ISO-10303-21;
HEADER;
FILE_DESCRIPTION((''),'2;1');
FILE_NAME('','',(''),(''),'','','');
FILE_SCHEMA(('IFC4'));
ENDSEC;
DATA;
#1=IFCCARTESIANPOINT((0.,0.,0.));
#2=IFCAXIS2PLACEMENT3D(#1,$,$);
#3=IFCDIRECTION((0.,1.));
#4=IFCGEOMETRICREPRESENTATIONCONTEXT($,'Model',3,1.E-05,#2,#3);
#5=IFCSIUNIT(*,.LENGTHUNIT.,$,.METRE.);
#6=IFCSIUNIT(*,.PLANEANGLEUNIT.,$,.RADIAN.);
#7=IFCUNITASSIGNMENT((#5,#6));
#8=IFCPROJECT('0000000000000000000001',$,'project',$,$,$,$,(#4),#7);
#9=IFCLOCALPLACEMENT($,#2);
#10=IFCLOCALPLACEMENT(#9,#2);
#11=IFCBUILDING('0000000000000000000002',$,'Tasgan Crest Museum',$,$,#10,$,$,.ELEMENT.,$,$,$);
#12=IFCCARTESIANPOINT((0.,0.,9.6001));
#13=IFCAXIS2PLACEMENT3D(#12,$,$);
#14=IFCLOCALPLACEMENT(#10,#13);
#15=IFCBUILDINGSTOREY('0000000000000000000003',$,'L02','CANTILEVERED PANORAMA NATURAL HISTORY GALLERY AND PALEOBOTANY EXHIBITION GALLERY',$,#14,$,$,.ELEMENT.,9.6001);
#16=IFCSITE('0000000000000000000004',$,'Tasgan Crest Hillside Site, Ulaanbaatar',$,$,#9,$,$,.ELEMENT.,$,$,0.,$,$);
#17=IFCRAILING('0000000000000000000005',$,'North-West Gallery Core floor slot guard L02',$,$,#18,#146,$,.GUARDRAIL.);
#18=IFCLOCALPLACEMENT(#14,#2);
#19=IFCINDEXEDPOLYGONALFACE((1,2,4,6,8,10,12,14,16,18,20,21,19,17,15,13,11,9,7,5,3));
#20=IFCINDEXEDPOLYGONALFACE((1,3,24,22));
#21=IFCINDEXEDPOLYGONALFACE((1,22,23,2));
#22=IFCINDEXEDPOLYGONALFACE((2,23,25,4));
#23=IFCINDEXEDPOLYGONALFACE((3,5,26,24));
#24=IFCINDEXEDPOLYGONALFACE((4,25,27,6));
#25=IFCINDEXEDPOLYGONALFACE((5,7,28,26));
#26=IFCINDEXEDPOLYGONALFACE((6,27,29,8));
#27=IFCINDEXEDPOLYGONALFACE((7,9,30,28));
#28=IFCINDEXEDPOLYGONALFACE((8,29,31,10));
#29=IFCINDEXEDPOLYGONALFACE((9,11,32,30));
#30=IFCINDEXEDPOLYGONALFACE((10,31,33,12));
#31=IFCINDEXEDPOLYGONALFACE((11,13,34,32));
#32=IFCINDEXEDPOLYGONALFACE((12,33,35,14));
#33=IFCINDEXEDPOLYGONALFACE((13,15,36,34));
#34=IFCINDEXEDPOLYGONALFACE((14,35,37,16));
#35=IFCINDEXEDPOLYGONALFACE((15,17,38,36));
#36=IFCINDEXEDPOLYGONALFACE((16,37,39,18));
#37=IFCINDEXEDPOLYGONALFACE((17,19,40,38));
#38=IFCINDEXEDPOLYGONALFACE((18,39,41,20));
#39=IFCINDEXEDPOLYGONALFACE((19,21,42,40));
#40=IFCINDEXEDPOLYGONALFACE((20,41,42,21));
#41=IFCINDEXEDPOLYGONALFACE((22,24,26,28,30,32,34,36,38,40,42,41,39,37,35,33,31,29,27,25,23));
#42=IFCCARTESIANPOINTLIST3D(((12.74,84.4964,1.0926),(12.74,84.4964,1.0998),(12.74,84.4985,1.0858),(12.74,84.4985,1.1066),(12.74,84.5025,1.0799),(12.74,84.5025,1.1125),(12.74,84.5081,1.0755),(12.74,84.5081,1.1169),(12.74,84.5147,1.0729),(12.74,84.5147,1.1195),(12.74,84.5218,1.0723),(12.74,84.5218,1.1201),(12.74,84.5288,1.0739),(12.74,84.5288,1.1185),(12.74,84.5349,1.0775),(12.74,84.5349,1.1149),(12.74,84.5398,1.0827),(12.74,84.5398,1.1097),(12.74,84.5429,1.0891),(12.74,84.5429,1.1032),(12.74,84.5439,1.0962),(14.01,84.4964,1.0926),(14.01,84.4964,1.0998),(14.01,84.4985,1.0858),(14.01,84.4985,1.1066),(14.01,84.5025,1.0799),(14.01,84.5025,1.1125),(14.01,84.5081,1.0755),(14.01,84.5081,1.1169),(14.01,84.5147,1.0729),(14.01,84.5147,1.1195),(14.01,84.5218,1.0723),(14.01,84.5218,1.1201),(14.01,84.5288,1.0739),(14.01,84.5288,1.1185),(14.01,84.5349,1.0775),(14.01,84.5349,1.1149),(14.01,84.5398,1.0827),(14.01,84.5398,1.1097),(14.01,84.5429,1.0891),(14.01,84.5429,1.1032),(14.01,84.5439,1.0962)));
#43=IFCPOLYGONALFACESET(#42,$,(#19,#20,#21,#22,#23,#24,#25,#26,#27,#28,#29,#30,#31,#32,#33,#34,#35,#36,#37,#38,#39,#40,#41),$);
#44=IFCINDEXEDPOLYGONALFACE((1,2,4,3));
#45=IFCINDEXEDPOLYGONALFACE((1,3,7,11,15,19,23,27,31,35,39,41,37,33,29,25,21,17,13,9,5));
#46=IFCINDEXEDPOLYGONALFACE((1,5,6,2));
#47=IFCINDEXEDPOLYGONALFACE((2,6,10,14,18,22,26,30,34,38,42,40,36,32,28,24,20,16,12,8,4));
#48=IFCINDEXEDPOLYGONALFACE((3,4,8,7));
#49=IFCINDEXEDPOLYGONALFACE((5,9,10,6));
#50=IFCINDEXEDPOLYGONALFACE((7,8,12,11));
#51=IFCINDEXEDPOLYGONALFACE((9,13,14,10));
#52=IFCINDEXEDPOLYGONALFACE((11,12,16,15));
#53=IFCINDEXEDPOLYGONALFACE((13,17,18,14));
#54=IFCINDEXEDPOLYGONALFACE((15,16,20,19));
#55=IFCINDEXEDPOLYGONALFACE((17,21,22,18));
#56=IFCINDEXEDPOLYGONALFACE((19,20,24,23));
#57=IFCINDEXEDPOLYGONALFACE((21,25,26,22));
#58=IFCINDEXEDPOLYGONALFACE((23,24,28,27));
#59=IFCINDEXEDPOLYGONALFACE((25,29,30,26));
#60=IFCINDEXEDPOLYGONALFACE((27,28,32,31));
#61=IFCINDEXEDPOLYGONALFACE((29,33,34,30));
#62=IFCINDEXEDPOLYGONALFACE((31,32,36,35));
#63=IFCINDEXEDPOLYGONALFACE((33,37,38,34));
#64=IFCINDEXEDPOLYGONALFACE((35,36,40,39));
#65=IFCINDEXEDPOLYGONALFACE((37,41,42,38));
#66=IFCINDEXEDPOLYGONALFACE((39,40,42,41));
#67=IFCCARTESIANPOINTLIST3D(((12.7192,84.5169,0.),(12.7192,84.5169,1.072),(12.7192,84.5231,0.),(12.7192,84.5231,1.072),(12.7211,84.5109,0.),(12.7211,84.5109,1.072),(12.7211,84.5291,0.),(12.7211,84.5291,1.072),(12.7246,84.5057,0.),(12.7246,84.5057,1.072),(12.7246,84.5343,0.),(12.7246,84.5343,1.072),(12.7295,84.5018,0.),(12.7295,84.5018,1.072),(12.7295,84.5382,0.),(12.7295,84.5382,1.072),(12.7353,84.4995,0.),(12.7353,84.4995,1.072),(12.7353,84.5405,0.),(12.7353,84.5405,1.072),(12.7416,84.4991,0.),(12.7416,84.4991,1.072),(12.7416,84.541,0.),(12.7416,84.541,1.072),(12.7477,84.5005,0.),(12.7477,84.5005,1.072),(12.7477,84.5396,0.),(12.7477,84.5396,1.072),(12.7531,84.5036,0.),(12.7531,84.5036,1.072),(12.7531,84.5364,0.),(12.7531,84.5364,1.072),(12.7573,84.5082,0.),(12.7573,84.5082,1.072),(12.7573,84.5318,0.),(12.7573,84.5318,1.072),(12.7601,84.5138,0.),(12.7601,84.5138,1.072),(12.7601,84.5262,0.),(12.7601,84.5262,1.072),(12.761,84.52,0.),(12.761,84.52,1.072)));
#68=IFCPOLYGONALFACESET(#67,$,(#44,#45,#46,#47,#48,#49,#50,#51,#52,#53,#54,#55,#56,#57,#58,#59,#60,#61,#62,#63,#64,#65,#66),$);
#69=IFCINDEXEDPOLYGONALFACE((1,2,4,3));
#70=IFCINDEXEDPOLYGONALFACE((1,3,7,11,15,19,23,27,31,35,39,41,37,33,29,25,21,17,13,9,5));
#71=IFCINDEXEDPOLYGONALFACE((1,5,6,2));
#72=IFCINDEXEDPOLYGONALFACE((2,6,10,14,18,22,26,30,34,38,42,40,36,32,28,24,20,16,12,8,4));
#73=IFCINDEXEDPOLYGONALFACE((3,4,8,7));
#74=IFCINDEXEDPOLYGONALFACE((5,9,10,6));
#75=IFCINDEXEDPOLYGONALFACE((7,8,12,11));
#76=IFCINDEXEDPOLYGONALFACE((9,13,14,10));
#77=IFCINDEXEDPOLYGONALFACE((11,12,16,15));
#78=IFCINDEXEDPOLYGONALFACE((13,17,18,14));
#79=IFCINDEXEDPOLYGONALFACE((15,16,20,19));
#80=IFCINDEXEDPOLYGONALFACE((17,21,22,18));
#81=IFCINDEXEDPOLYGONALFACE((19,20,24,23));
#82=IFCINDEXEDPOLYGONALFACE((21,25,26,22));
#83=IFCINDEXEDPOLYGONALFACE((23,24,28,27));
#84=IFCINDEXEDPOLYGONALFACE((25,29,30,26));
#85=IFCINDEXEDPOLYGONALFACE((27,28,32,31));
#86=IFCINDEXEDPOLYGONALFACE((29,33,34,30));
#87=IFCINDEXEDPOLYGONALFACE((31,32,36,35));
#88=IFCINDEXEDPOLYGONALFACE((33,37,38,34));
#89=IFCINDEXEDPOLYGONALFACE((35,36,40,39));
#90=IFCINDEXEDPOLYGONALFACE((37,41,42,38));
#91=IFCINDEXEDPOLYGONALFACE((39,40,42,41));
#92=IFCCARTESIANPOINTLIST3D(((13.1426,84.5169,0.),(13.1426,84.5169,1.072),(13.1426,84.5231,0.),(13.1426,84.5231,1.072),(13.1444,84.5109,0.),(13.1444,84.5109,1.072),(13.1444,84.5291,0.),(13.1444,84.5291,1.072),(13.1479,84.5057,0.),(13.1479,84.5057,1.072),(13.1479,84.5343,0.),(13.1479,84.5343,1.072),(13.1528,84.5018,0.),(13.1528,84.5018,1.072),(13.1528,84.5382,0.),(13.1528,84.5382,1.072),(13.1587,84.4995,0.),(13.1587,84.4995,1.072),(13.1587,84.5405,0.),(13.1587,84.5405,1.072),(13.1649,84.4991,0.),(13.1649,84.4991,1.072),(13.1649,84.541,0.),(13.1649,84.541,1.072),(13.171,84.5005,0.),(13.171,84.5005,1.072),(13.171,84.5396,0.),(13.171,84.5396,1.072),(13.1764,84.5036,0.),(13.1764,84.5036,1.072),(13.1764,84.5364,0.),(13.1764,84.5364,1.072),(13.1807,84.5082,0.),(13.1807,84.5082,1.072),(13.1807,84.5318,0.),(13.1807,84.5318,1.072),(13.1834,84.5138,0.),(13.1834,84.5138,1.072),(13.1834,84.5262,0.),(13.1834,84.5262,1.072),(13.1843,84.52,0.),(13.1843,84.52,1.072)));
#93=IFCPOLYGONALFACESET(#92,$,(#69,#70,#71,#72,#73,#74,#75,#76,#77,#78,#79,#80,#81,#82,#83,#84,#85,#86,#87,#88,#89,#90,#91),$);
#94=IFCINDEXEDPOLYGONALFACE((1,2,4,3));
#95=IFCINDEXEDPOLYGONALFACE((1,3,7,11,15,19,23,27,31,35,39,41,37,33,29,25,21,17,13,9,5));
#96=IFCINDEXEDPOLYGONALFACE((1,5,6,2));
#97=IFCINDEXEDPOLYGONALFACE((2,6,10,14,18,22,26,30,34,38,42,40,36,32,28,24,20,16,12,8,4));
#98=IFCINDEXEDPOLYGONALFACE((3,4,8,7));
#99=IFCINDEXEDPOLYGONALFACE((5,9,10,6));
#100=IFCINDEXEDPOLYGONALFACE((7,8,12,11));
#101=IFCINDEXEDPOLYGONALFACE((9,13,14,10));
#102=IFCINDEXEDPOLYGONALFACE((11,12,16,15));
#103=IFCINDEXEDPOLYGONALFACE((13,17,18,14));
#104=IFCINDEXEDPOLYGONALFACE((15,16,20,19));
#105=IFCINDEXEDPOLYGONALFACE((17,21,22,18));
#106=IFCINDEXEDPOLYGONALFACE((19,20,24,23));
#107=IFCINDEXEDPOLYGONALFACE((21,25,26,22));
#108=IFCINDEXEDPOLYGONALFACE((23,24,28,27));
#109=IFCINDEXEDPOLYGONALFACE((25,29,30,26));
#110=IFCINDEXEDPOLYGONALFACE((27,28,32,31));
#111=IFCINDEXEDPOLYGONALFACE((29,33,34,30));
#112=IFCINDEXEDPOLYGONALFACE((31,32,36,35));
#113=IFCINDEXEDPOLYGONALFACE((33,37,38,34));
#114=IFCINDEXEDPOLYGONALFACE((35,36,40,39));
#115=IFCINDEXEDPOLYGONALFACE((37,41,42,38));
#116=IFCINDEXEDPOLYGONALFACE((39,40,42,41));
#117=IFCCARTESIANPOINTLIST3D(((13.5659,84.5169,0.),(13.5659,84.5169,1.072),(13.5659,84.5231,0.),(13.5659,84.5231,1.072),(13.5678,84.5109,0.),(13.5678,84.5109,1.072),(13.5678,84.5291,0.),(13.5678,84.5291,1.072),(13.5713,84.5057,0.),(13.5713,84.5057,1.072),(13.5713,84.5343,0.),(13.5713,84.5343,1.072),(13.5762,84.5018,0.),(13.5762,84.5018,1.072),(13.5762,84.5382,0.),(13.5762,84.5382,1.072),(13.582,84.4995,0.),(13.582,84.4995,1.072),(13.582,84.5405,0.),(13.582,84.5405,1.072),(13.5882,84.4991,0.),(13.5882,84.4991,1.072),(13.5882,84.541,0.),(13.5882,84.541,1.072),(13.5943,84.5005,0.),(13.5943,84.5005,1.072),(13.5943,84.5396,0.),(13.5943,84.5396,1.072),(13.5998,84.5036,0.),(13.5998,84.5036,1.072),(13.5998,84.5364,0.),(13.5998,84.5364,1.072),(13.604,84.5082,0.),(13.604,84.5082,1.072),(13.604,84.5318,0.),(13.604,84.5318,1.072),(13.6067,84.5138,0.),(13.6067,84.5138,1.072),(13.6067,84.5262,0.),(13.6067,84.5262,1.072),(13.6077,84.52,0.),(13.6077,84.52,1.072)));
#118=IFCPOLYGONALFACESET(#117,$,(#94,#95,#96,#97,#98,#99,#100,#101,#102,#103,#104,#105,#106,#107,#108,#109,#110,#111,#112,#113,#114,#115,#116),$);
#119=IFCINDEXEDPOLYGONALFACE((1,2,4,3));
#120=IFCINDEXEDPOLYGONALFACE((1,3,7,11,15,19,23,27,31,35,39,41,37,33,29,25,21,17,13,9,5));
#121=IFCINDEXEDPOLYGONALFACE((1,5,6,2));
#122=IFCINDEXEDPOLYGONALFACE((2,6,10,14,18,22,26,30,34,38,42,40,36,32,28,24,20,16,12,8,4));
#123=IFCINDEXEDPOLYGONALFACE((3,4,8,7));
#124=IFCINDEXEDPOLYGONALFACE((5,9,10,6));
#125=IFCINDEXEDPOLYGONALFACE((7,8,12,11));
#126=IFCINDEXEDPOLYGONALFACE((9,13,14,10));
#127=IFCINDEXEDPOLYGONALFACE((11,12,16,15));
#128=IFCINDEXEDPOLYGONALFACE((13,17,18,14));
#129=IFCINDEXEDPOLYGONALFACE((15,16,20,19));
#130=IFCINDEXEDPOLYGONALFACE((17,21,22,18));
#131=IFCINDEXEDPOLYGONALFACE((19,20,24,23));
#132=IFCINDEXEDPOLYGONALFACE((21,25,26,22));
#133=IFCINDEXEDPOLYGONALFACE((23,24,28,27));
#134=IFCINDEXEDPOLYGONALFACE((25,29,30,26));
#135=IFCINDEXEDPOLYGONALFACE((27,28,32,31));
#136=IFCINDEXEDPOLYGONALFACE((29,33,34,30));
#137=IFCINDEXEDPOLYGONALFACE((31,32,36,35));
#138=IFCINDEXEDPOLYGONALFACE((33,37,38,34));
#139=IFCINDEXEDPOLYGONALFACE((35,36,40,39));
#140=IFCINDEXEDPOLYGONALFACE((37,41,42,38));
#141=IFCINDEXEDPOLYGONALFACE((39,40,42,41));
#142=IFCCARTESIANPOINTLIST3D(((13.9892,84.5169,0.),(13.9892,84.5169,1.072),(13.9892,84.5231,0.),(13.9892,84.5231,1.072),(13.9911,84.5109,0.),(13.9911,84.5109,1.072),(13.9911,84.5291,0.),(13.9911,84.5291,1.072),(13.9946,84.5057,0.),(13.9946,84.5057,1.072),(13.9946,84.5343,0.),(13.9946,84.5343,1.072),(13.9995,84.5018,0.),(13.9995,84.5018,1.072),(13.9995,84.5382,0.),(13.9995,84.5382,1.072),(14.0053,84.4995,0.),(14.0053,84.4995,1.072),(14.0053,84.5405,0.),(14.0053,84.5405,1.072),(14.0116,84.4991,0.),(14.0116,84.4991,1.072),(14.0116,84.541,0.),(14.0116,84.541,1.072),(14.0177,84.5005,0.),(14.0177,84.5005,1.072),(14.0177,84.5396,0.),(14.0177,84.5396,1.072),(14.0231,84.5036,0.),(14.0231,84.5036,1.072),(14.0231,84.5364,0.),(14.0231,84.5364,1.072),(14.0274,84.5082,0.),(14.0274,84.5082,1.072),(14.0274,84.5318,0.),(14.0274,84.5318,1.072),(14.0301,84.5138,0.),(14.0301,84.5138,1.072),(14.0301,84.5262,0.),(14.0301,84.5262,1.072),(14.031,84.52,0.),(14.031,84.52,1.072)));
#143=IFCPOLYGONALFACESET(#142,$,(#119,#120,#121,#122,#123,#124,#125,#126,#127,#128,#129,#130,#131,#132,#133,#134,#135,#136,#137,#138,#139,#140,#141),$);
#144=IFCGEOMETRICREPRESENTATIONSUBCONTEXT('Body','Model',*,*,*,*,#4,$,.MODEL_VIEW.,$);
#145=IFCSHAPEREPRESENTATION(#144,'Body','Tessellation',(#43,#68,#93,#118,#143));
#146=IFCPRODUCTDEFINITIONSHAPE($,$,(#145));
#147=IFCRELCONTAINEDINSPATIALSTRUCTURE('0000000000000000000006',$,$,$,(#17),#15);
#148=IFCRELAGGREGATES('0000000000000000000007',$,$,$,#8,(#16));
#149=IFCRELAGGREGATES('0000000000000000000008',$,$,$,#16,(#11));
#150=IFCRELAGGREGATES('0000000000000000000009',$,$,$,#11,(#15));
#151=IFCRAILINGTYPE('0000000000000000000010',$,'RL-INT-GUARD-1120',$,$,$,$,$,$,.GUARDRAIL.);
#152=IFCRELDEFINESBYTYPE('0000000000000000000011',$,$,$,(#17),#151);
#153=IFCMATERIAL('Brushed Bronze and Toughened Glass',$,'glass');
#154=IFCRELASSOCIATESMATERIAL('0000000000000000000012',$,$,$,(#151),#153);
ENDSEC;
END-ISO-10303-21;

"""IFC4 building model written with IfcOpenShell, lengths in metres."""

from ifc_helpers import new_model, si_unit, direction, frame, origin, origin_2d, place, context, subcontext, project, spatial, circle, extrude, material, type_object, element, save


model = new_model("IFC4")

# Units and contexts
model_context = context("Model", 3, precision=1e-05, world=origin(), true_north=direction((0.0, 1.0)))
body_context = subcontext(model_context, "Body", "Model", "MODEL_VIEW")
ifc_project = project(units=[si_unit("LENGTHUNIT", "METRE"), si_unit("PLANEANGLEUNIT", "RADIAN")], contexts=[model_context])

# Site, building, storey
site_placement = place(None, origin())
site = spatial("IfcSite", under=ifc_project, at=site_placement, Name="Tasgan Crest Hillside Site, Ulaanbaatar", CompositionType="ELEMENT", RefElevation=0.0)
building_placement = place(site_placement, origin())
building = spatial("IfcBuilding", under=site, at=building_placement, Name="Tasgan Crest Museum", CompositionType="ELEMENT")
storey_placement = place(building_placement, frame((0.0, 0.0, 9.6001)))
storey = spatial("IfcBuildingStorey", under=building, at=storey_placement, Name="L02", Description="CANTILEVERED PANORAMA NATURAL HISTORY GALLERY AND PALEOBOTANY EXHIBITION GALLERY", CompositionType="ELEMENT", Elevation=9.6001)

# Railing
ifc_material_1 = material(Name="Brushed Bronze and Toughened Glass", Category="glass")
railing_type_1 = type_object("IfcRailingType", Name="RL-INT-GUARD-1120", PredefinedType="GUARDRAIL", material=ifc_material_1)
railing_1_placement = place(storey_placement, frame((12.74, 84.52, 0.0)))
element("IfcRailing", 1, at=railing_1_placement, inside=storey, type_object=railing_type_1, Name="North-West Gallery Core floor slot guard L02", PredefinedType="GUARDRAIL", context=body_context, shape_type="SweptSolid", body=[
    extrude(circle(Radius=0.0239, at=origin_2d()), frame((0.0, 0.0, 1.0962), z_axis=(1.0, 0.0, 0.0), x_axis=(0.0, 1.0, 0.0)), (0.0, 0.0, 1.0), 1.27),
    extrude(circle(Radius=0.021, at=origin_2d()), origin(), (0.0, 0.0, 1.0), 1.072),
    extrude(circle(Radius=0.021, at=origin_2d()), frame((0.4233, 0.0, 0.0)), (0.0, 0.0, 1.0), 1.072),
    extrude(circle(Radius=0.021, at=origin_2d()), frame((0.8467, 0.0, 0.0)), (0.0, 0.0, 1.0), 1.072),
    extrude(circle(Radius=0.021, at=origin_2d()), frame((1.27, 0.0, 0.0)), (0.0, 0.0, 1.0), 1.072),
])

save(model, "model.ifc")
